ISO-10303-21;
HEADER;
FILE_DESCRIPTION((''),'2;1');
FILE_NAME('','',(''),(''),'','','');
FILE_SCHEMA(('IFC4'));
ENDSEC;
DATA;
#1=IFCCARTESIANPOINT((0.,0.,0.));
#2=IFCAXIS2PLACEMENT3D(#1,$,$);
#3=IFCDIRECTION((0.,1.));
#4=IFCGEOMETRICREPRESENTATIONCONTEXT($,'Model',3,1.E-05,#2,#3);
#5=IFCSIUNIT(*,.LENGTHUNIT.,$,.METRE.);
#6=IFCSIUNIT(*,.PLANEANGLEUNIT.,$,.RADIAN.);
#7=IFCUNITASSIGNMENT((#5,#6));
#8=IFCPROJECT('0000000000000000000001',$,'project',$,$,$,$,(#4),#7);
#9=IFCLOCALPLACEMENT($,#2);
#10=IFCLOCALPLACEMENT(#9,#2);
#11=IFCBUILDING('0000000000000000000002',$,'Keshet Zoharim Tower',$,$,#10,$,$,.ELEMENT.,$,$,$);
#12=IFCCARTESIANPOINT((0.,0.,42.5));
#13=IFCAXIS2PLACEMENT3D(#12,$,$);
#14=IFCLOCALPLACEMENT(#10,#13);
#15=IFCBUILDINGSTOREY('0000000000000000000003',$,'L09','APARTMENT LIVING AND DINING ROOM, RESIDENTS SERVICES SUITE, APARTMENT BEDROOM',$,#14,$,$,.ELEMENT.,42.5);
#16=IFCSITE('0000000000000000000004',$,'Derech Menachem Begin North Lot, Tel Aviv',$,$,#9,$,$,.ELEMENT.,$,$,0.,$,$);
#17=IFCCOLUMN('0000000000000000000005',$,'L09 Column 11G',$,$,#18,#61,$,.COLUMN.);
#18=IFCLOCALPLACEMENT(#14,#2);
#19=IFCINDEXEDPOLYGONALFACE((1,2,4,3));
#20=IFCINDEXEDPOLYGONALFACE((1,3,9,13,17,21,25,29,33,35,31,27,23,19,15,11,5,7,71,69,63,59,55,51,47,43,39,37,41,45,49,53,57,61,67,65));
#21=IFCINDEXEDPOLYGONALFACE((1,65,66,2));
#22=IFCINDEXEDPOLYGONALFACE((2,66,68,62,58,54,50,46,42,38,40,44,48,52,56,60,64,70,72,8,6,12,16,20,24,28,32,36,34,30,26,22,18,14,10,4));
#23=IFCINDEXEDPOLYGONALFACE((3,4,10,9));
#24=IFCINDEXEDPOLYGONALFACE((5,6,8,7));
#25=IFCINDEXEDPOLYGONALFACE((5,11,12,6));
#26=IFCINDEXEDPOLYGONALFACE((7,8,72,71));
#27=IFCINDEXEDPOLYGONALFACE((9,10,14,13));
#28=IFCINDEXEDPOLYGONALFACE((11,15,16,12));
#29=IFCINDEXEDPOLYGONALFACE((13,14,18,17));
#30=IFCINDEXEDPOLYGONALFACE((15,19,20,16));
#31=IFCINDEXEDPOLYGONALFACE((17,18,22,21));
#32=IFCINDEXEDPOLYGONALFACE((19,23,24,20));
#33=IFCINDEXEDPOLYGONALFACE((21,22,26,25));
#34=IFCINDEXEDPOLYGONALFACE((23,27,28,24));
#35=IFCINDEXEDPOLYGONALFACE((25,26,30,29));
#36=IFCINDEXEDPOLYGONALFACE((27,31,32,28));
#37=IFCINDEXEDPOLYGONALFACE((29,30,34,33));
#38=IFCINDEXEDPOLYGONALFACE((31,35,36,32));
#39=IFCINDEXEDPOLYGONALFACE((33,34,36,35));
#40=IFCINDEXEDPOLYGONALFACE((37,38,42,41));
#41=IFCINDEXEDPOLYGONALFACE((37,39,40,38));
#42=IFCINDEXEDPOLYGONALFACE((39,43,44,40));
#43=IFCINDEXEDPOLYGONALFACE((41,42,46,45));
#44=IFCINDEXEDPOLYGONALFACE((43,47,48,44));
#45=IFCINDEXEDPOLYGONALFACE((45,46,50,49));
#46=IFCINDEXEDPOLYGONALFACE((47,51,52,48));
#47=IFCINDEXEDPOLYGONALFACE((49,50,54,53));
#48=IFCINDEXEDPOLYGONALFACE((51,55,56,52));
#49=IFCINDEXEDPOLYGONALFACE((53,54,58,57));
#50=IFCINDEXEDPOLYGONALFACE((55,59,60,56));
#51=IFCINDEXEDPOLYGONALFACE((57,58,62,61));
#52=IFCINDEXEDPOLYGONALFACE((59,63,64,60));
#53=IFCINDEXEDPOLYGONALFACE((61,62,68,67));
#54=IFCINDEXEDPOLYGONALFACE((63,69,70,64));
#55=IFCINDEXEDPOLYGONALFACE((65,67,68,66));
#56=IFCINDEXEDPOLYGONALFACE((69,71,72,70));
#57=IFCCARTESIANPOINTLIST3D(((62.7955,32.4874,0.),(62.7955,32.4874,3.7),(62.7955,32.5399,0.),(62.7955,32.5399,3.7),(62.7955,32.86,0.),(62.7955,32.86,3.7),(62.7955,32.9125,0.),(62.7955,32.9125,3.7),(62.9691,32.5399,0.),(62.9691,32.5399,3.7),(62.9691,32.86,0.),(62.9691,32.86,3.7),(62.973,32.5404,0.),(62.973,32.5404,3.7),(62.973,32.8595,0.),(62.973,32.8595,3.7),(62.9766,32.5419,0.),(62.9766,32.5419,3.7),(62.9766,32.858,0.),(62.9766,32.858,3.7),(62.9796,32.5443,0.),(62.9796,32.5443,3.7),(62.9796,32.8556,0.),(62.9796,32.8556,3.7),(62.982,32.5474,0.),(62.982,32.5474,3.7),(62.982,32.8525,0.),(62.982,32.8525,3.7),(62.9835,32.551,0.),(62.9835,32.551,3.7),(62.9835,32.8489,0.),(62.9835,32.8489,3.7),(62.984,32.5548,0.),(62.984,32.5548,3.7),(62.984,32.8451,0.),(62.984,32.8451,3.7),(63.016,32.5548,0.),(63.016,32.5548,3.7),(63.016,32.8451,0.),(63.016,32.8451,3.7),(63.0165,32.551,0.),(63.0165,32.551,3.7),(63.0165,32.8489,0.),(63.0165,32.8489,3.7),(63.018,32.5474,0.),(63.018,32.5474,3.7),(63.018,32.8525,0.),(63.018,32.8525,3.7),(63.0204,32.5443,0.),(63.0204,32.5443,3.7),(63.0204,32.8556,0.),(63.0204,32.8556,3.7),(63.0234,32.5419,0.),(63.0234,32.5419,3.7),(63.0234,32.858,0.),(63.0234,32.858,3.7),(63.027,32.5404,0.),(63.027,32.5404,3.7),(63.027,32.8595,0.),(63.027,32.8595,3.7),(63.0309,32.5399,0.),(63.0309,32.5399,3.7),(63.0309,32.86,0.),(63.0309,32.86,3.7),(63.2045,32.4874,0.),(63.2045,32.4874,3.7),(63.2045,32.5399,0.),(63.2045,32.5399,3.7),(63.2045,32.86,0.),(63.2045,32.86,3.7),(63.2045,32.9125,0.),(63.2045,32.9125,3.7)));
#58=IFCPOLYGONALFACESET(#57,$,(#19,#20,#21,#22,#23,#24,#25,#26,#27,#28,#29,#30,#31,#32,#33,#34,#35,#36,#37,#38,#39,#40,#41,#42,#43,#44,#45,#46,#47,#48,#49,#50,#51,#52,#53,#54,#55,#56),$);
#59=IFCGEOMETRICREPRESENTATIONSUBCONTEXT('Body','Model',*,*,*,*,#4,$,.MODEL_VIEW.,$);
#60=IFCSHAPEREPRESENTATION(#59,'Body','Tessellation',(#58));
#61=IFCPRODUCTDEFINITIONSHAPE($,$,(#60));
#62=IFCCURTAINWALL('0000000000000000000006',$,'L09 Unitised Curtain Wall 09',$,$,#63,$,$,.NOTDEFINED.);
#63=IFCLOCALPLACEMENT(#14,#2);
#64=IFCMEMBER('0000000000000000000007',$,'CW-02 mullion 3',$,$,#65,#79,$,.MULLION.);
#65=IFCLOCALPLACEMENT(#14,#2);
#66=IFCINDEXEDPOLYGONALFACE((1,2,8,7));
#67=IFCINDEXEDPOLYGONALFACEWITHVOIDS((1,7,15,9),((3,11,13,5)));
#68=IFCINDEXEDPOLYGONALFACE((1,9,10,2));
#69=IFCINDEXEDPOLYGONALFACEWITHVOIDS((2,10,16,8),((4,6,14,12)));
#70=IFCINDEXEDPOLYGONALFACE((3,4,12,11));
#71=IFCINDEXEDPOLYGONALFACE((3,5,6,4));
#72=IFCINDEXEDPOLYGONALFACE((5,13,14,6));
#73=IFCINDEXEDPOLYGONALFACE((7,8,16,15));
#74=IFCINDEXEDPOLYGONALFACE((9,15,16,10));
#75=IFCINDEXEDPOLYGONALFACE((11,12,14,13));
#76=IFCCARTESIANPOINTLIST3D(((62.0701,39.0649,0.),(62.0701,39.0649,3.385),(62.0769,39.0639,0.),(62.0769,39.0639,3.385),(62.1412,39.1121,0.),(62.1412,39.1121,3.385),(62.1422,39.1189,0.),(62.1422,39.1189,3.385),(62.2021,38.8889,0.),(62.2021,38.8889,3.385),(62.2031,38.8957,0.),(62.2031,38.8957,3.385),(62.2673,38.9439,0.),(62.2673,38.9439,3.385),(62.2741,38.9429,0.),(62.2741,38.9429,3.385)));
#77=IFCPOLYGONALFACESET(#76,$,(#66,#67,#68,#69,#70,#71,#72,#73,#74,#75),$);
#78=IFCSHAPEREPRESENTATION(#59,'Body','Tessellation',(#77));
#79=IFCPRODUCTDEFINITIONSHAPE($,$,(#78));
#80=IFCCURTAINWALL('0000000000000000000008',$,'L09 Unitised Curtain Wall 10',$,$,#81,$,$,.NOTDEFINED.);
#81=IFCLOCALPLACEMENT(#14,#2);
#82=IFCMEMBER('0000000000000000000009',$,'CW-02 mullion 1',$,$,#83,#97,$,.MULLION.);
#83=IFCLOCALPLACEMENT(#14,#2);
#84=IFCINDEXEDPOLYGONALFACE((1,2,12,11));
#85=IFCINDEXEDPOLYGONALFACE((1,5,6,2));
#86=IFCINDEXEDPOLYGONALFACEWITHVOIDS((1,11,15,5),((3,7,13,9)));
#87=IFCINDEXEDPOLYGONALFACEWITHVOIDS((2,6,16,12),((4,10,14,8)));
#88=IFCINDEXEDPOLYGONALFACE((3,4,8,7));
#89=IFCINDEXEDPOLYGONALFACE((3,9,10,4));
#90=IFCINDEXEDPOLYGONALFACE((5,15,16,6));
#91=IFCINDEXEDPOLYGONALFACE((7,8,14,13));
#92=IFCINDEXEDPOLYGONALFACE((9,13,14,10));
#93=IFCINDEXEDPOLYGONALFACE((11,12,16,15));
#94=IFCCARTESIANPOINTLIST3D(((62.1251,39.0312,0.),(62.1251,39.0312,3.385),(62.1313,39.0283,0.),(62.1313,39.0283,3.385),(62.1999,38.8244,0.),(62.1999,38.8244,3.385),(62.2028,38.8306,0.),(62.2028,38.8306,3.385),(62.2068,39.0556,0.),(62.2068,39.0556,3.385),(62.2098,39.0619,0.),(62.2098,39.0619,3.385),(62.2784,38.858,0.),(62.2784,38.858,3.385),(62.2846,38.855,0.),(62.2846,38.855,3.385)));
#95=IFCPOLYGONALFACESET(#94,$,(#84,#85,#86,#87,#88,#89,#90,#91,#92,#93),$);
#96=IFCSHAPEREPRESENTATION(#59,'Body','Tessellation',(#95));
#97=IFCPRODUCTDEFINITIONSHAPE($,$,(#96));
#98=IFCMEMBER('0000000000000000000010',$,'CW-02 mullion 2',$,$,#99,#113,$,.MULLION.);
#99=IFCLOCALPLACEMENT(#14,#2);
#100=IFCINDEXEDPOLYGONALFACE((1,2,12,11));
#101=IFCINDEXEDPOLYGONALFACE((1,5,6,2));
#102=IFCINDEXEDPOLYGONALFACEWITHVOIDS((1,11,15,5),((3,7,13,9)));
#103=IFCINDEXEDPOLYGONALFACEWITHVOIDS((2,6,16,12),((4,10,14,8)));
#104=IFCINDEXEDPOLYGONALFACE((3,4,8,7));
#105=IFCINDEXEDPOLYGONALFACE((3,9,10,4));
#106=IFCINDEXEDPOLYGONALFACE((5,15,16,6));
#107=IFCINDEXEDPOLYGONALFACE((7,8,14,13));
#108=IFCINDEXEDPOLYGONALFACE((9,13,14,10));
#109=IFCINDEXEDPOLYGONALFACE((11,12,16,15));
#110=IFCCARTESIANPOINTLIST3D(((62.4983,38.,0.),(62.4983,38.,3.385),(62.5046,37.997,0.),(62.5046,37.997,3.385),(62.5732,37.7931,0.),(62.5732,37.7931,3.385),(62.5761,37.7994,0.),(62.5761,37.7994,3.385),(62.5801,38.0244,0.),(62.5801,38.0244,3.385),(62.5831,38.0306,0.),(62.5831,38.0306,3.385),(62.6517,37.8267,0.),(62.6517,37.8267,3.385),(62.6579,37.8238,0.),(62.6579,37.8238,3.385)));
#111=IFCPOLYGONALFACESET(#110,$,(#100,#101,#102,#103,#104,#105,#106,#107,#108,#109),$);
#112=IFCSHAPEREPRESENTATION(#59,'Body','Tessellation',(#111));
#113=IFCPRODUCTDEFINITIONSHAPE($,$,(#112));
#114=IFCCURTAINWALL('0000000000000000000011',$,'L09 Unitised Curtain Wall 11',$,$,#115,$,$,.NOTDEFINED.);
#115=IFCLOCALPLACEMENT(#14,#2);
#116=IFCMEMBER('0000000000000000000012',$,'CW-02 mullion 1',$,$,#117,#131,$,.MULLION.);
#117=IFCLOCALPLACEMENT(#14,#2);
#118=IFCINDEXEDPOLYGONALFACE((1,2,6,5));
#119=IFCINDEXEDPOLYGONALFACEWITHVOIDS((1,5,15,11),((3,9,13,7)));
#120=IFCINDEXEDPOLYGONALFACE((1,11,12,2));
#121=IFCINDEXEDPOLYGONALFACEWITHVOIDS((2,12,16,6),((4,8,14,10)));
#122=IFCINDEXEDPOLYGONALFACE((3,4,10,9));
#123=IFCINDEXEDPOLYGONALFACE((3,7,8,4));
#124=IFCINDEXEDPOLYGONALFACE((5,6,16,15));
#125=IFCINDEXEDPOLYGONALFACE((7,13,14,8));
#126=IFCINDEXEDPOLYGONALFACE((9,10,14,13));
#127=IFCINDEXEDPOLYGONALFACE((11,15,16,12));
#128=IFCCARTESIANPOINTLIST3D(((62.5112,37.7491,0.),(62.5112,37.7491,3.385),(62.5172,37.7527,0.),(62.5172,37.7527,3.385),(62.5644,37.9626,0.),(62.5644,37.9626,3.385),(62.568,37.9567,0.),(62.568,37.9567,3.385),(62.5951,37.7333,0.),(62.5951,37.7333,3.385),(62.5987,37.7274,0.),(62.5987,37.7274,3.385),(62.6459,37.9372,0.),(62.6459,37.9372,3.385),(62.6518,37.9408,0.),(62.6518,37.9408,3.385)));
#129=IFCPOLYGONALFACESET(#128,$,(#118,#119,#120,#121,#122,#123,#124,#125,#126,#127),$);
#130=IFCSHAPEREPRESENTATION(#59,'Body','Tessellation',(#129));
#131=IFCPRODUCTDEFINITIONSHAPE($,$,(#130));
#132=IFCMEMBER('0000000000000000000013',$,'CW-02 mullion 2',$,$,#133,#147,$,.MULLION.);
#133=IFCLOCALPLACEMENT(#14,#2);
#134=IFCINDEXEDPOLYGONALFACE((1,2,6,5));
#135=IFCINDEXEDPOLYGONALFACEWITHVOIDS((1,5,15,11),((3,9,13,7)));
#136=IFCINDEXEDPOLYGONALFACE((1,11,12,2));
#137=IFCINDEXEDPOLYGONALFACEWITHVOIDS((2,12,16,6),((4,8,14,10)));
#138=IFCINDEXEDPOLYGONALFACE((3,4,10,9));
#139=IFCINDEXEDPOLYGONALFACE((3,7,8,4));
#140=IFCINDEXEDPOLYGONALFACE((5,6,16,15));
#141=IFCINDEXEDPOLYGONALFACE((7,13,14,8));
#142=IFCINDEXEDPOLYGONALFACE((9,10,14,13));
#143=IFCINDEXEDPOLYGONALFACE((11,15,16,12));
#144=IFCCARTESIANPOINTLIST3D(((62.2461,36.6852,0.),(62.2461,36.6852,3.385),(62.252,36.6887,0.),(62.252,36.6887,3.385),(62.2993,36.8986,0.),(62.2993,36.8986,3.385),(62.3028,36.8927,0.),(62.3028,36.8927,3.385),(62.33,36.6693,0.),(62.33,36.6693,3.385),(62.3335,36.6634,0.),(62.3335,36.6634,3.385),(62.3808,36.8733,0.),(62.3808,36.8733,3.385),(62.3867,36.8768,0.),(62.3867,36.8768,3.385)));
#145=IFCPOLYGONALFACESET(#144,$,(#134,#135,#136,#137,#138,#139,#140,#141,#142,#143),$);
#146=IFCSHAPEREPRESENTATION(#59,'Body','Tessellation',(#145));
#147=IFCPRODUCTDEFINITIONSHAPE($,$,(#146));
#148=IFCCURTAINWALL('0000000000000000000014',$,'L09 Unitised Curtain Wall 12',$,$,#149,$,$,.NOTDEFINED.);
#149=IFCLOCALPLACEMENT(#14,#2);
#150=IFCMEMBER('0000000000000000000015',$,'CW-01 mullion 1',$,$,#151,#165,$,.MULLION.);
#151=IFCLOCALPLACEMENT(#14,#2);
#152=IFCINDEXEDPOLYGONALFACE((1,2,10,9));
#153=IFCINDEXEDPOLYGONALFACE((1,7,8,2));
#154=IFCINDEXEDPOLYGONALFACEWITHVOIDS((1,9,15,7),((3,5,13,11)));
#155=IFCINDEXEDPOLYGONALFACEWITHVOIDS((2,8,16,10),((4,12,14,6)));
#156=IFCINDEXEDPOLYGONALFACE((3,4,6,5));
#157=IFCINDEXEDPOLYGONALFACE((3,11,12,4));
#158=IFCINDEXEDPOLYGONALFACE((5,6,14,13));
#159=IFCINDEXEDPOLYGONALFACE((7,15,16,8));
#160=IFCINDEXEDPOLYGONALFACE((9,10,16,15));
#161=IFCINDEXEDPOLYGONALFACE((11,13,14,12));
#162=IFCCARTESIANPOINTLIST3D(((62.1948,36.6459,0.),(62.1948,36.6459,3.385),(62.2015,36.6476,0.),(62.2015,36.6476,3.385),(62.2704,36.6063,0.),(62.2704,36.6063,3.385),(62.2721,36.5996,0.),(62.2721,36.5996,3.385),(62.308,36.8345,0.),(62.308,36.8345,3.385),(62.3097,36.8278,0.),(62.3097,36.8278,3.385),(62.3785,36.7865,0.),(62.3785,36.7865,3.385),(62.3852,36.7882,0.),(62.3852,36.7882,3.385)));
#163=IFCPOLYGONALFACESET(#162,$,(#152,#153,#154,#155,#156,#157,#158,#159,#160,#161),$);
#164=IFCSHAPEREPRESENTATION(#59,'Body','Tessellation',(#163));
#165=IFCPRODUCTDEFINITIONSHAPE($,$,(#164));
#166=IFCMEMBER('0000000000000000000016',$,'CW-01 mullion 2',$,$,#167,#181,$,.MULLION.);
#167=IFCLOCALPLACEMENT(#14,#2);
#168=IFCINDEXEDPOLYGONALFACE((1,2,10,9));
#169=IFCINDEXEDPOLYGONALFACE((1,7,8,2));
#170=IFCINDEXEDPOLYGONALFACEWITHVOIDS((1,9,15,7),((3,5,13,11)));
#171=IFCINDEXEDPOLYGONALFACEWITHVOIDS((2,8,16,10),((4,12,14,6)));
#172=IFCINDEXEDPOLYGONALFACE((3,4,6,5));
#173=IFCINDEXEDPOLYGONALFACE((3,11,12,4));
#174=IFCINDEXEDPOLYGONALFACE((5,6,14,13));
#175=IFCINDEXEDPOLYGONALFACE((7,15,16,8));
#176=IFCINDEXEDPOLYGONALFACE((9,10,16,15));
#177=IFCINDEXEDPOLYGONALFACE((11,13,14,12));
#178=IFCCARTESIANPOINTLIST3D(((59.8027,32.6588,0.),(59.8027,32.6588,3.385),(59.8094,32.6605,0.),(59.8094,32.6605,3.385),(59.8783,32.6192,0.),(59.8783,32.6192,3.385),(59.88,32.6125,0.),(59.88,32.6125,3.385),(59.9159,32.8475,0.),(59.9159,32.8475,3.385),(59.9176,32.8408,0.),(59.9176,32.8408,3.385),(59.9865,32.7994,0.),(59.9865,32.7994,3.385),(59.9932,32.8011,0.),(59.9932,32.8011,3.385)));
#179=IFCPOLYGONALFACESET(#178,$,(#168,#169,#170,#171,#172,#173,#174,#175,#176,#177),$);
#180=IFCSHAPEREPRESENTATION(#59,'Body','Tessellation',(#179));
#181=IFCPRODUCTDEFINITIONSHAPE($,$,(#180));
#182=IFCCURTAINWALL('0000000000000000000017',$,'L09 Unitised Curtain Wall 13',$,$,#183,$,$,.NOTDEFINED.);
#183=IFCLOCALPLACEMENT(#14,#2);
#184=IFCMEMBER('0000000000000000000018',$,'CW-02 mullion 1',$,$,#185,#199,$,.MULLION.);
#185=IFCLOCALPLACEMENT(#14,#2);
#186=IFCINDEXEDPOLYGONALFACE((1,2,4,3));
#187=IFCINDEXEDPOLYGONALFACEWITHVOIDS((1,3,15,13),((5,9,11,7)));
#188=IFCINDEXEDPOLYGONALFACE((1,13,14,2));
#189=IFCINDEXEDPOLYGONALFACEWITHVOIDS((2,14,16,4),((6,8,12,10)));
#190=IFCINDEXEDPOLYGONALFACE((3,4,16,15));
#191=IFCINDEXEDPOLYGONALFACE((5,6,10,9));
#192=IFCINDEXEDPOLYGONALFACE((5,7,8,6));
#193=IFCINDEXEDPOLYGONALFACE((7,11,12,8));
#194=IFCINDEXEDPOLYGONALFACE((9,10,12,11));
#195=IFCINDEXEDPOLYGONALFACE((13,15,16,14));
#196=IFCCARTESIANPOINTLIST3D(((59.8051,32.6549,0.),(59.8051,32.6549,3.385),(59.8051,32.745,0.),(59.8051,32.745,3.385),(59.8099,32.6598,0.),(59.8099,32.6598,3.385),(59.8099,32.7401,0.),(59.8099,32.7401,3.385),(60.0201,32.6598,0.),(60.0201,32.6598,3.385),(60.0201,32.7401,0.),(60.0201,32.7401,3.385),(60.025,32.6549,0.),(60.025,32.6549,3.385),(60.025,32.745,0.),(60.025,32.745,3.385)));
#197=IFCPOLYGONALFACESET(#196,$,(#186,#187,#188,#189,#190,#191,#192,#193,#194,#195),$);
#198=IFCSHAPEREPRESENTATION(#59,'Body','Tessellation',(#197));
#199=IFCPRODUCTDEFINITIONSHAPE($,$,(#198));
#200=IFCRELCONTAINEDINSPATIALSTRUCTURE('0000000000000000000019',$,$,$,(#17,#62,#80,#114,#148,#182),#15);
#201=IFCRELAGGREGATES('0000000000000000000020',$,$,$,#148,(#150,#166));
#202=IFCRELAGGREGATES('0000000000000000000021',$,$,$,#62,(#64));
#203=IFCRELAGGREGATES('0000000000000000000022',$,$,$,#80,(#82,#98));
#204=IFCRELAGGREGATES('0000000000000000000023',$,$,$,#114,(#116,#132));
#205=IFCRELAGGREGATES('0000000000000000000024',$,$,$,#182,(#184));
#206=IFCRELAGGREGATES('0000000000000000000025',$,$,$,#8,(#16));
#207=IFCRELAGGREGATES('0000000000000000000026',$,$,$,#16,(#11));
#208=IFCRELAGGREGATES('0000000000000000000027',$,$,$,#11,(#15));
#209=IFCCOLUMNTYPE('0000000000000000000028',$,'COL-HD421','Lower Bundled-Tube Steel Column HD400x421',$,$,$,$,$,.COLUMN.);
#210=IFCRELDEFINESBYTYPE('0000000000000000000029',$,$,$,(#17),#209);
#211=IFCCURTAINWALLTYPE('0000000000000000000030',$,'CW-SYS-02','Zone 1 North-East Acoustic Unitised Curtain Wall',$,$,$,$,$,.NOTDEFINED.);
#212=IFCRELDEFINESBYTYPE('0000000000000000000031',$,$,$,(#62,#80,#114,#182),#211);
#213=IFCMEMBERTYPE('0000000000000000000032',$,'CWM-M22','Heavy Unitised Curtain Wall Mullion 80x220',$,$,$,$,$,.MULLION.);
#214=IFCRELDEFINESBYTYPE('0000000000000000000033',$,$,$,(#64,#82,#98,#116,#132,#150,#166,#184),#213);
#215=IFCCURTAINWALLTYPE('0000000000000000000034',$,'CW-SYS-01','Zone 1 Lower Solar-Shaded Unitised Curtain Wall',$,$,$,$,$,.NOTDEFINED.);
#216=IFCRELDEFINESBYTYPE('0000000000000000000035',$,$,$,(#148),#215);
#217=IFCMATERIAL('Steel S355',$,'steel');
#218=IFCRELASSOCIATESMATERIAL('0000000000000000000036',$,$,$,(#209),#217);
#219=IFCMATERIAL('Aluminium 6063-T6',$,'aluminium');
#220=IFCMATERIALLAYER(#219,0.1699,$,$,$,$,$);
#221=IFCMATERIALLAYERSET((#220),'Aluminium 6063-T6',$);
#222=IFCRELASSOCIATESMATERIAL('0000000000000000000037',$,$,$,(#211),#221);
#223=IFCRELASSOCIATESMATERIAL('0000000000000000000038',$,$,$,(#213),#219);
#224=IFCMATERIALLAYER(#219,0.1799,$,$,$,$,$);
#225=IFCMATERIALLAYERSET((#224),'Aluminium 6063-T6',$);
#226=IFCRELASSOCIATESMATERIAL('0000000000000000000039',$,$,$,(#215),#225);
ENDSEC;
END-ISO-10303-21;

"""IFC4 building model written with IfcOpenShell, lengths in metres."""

from ifc_helpers import new_model, si_unit, direction, frame, origin, origin_2d, place, context, subcontext, project, spatial, hollow_rectangle, i_section, extrude, material, layer, layer_set, material_profile, profile_set, type_object, element, aggregate, save


model = new_model("IFC4")

# Units and contexts
model_context = context("Model", 3, precision=1e-05, world=origin(), true_north=direction((0.0, 1.0)))
body_context = subcontext(model_context, "Body", "Model", "MODEL_VIEW")
ifc_project = project(units=[si_unit("LENGTHUNIT", "METRE"), si_unit("PLANEANGLEUNIT", "RADIAN")], contexts=[model_context])

# Site, building, storey
site_placement = place(None, origin())
site = spatial("IfcSite", under=ifc_project, at=site_placement, Name="Derech Menachem Begin North Lot, Tel Aviv", CompositionType="ELEMENT", RefElevation=0.0)
building_placement = place(site_placement, origin())
building = spatial("IfcBuilding", under=site, at=building_placement, Name="Keshet Zoharim Tower", CompositionType="ELEMENT")
storey_placement = place(building_placement, frame((0.0, 0.0, 42.5)))
storey = spatial("IfcBuildingStorey", under=building, at=storey_placement, Name="L09", Description="APARTMENT LIVING AND DINING ROOM, RESIDENTS SERVICES SUITE, APARTMENT BEDROOM", CompositionType="ELEMENT", Elevation=42.5)

# Column
ifc_material_1 = material(Name="Steel S355", Category="steel")
ifc_material_profile_1 = material_profile(ifc_material_1, i_section(OverallWidth=0.4089, OverallDepth=0.425, WebThickness=0.032, FlangeThickness=0.0525, FilletRadius=0.0149, at=origin_2d()), Name="HD400x421")
ifc_profile_set_1 = profile_set([ifc_material_profile_1], Name="Steel S355")
column_type = type_object("IfcColumnType", Name="COL-HD421", Description="Lower Bundled-Tube Steel Column HD400x421", PredefinedType="COLUMN", material=ifc_profile_set_1)
column_placement = place(storey_placement, frame((63.0, 32.7, 0.0), z_axis=(0.0, 0.0, 1.0), x_axis=(1.0, 0.0, 0.0)))
element("IfcColumn", 1, at=column_placement, inside=storey, type_object=column_type, Name="L09 Column 11G", PredefinedType="COLUMN", context=body_context, shape_type="SweptSolid", body=[
    extrude(i_section(OverallWidth=0.4089, OverallDepth=0.425, WebThickness=0.032, FlangeThickness=0.0525, FilletRadius=0.0149, at=origin_2d()), origin(), (0.0, 0.0, 1.0), 3.7),
])

# Curtain wall, member
ifc_material_2 = material(Name="Aluminium 6063-T6", Category="aluminium")
ifc_layer_1 = layer(ifc_material_2, 0.1699)
ifc_layer_set_1 = layer_set([ifc_layer_1], Name="Aluminium 6063-T6")
curtain_wall_type_1 = type_object("IfcCurtainWallType", Name="CW-SYS-02", Description="Zone 1 North-East Acoustic Unitised Curtain Wall", PredefinedType="NOTDEFINED", material=ifc_layer_set_1)
curtain_wall_1_placement = place(storey_placement, origin())
curtain_wall_1 = element("IfcCurtainWall", 2, at=curtain_wall_1_placement, inside=storey, type_object=curtain_wall_type_1, Name="L09 Unitised Curtain Wall 09", PredefinedType="NOTDEFINED")
ifc_material_profile_2 = material_profile(ifc_material_2, hollow_rectangle(XDim=0.0901, YDim=0.22, WallThickness=0.0049, at=origin_2d()), Name="MUL-90x220")
ifc_profile_set_2 = profile_set([ifc_material_profile_2], Name="Aluminium 6063-T6")
member_type_1 = type_object("IfcMemberType", Name="CWM-M22", Description="Heavy Unitised Curtain Wall Mullion 80x220", PredefinedType="MULLION", material=ifc_profile_set_2)
member_1_placement = place(storey_placement, frame((62.1721, 39.0039, 0.0), z_axis=(0.0, 0.0, 1.0), x_axis=(0.8, 0.6, 0.0)))
member_1 = element("IfcMember", 3, at=member_1_placement, type_object=member_type_1, Name="CW-02 mullion 3", PredefinedType="MULLION", context=body_context, shape_type="SweptSolid", body=[
    extrude(hollow_rectangle(XDim=0.0901, YDim=0.22, WallThickness=0.0049, at=origin_2d()), origin(), (0.0, 0.0, 1.0), 3.385),
])

# Curtain walls, members
curtain_wall_2_placement = place(storey_placement, origin())
curtain_wall_2 = element("IfcCurtainWall", 4, at=curtain_wall_2_placement, inside=storey, type_object=curtain_wall_type_1, Name="L09 Unitised Curtain Wall 10", PredefinedType="NOTDEFINED")
member_2_placement = place(storey_placement, frame((62.2048, 38.9431, 0.0), z_axis=(0.0, 0.0, 1.0), x_axis=(0.940318, 0.340297, 0.0)))
member_2 = element("IfcMember", 5, at=member_2_placement, type_object=member_type_1, Name="CW-02 mullion 1", PredefinedType="MULLION", context=body_context, shape_type="SweptSolid", body=[
    extrude(hollow_rectangle(XDim=0.0901, YDim=0.22, WallThickness=0.0049, at=origin_2d()), origin(), (0.0, 0.0, 1.0), 3.385),
])
member_3_placement = place(storey_placement, frame((62.5781, 37.9119, 0.0), z_axis=(0.0, 0.0, 1.0), x_axis=(0.940318, 0.340297, 0.0)))
member_3 = element("IfcMember", 6, at=member_3_placement, type_object=member_type_1, Name="CW-02 mullion 2", PredefinedType="MULLION", context=body_context, shape_type="SweptSolid", body=[
    extrude(hollow_rectangle(XDim=0.0901, YDim=0.22, WallThickness=0.0049, at=origin_2d()), origin(), (0.0, 0.0, 1.0), 3.385),
])
curtain_wall_3_placement = place(storey_placement, origin())
curtain_wall_3 = element("IfcCurtainWall", 7, at=curtain_wall_3_placement, inside=storey, type_object=curtain_wall_type_1, Name="L09 Unitised Curtain Wall 11", PredefinedType="NOTDEFINED")
member_4_placement = place(storey_placement, frame((62.5815, 37.845, 0.0), z_axis=(0.0, 0.0, 1.0), x_axis=(0.970344, -0.241729, 0.0)))
member_4 = element("IfcMember", 8, at=member_4_placement, type_object=member_type_1, Name="CW-02 mullion 1", PredefinedType="MULLION", context=body_context, shape_type="SweptSolid", body=[
    extrude(hollow_rectangle(XDim=0.0901, YDim=0.22, WallThickness=0.0049, at=origin_2d()), origin(), (0.0, 0.0, 1.0), 3.385),
])
member_5_placement = place(storey_placement, frame((62.3164, 36.781, 0.0), z_axis=(0.0, 0.0, 1.0), x_axis=(0.970344, -0.241729, 0.0)))
member_5 = element("IfcMember", 9, at=member_5_placement, type_object=member_type_1, Name="CW-02 mullion 2", PredefinedType="MULLION", context=body_context, shape_type="SweptSolid", body=[
    extrude(hollow_rectangle(XDim=0.0901, YDim=0.22, WallThickness=0.0049, at=origin_2d()), origin(), (0.0, 0.0, 1.0), 3.385),
])
ifc_layer_2 = layer(ifc_material_2, 0.1799)
ifc_layer_set_2 = layer_set([ifc_layer_2], Name="Aluminium 6063-T6")
curtain_wall_type_2 = type_object("IfcCurtainWallType", Name="CW-SYS-01", Description="Zone 1 Lower Solar-Shaded Unitised Curtain Wall", PredefinedType="NOTDEFINED", material=ifc_layer_set_2)
curtain_wall_4_placement = place(storey_placement, origin())
curtain_wall_4 = element("IfcCurtainWall", 10, at=curtain_wall_4_placement, inside=storey, type_object=curtain_wall_type_2, Name="L09 Unitised Curtain Wall 12", PredefinedType="NOTDEFINED")
member_6_placement = place(storey_placement, frame((62.29, 36.717, 0.0), z_axis=(0.0, 0.0, 1.0), x_axis=(0.857512, -0.514465, 0.0)))
member_6 = element("IfcMember", 11, at=member_6_placement, type_object=member_type_1, Name="CW-01 mullion 1", PredefinedType="MULLION", context=body_context, shape_type="SweptSolid", body=[
    extrude(hollow_rectangle(XDim=0.0901, YDim=0.22, WallThickness=0.0049, at=origin_2d()), origin(), (0.0, 0.0, 1.0), 3.385),
])
member_7_placement = place(storey_placement, frame((59.8979, 32.73, 0.0), z_axis=(0.0, 0.0, 1.0), x_axis=(0.857512, -0.514465, 0.0)))
member_7 = element("IfcMember", 12, at=member_7_placement, type_object=member_type_1, Name="CW-01 mullion 2", PredefinedType="MULLION", context=body_context, shape_type="SweptSolid", body=[
    extrude(hollow_rectangle(XDim=0.0901, YDim=0.22, WallThickness=0.0049, at=origin_2d()), origin(), (0.0, 0.0, 1.0), 3.385),
])
curtain_wall_5_placement = place(storey_placement, origin())
curtain_wall_5 = element("IfcCurtainWall", 13, at=curtain_wall_5_placement, inside=storey, type_object=curtain_wall_type_1, Name="L09 Unitised Curtain Wall 13", PredefinedType="NOTDEFINED")
member_8_placement = place(storey_placement, frame((59.915, 32.7, 0.0), z_axis=(0.0, 0.0, 1.0), x_axis=(0.0, 1.0, 0.0)))
member_8 = element("IfcMember", 14, at=member_8_placement, type_object=member_type_1, Name="CW-02 mullion 1", PredefinedType="MULLION", context=body_context, shape_type="SweptSolid", body=[
    extrude(hollow_rectangle(XDim=0.0901, YDim=0.22, WallThickness=0.0049, at=origin_2d()), origin(), (0.0, 0.0, 1.0), 3.385),
])

aggregate(curtain_wall_4, [member_6, member_7])
aggregate(curtain_wall_1, [member_1])
aggregate(curtain_wall_2, [member_2, member_3])
aggregate(curtain_wall_3, [member_4, member_5])
aggregate(curtain_wall_5, [member_8])

save(model, "model.ifc")
